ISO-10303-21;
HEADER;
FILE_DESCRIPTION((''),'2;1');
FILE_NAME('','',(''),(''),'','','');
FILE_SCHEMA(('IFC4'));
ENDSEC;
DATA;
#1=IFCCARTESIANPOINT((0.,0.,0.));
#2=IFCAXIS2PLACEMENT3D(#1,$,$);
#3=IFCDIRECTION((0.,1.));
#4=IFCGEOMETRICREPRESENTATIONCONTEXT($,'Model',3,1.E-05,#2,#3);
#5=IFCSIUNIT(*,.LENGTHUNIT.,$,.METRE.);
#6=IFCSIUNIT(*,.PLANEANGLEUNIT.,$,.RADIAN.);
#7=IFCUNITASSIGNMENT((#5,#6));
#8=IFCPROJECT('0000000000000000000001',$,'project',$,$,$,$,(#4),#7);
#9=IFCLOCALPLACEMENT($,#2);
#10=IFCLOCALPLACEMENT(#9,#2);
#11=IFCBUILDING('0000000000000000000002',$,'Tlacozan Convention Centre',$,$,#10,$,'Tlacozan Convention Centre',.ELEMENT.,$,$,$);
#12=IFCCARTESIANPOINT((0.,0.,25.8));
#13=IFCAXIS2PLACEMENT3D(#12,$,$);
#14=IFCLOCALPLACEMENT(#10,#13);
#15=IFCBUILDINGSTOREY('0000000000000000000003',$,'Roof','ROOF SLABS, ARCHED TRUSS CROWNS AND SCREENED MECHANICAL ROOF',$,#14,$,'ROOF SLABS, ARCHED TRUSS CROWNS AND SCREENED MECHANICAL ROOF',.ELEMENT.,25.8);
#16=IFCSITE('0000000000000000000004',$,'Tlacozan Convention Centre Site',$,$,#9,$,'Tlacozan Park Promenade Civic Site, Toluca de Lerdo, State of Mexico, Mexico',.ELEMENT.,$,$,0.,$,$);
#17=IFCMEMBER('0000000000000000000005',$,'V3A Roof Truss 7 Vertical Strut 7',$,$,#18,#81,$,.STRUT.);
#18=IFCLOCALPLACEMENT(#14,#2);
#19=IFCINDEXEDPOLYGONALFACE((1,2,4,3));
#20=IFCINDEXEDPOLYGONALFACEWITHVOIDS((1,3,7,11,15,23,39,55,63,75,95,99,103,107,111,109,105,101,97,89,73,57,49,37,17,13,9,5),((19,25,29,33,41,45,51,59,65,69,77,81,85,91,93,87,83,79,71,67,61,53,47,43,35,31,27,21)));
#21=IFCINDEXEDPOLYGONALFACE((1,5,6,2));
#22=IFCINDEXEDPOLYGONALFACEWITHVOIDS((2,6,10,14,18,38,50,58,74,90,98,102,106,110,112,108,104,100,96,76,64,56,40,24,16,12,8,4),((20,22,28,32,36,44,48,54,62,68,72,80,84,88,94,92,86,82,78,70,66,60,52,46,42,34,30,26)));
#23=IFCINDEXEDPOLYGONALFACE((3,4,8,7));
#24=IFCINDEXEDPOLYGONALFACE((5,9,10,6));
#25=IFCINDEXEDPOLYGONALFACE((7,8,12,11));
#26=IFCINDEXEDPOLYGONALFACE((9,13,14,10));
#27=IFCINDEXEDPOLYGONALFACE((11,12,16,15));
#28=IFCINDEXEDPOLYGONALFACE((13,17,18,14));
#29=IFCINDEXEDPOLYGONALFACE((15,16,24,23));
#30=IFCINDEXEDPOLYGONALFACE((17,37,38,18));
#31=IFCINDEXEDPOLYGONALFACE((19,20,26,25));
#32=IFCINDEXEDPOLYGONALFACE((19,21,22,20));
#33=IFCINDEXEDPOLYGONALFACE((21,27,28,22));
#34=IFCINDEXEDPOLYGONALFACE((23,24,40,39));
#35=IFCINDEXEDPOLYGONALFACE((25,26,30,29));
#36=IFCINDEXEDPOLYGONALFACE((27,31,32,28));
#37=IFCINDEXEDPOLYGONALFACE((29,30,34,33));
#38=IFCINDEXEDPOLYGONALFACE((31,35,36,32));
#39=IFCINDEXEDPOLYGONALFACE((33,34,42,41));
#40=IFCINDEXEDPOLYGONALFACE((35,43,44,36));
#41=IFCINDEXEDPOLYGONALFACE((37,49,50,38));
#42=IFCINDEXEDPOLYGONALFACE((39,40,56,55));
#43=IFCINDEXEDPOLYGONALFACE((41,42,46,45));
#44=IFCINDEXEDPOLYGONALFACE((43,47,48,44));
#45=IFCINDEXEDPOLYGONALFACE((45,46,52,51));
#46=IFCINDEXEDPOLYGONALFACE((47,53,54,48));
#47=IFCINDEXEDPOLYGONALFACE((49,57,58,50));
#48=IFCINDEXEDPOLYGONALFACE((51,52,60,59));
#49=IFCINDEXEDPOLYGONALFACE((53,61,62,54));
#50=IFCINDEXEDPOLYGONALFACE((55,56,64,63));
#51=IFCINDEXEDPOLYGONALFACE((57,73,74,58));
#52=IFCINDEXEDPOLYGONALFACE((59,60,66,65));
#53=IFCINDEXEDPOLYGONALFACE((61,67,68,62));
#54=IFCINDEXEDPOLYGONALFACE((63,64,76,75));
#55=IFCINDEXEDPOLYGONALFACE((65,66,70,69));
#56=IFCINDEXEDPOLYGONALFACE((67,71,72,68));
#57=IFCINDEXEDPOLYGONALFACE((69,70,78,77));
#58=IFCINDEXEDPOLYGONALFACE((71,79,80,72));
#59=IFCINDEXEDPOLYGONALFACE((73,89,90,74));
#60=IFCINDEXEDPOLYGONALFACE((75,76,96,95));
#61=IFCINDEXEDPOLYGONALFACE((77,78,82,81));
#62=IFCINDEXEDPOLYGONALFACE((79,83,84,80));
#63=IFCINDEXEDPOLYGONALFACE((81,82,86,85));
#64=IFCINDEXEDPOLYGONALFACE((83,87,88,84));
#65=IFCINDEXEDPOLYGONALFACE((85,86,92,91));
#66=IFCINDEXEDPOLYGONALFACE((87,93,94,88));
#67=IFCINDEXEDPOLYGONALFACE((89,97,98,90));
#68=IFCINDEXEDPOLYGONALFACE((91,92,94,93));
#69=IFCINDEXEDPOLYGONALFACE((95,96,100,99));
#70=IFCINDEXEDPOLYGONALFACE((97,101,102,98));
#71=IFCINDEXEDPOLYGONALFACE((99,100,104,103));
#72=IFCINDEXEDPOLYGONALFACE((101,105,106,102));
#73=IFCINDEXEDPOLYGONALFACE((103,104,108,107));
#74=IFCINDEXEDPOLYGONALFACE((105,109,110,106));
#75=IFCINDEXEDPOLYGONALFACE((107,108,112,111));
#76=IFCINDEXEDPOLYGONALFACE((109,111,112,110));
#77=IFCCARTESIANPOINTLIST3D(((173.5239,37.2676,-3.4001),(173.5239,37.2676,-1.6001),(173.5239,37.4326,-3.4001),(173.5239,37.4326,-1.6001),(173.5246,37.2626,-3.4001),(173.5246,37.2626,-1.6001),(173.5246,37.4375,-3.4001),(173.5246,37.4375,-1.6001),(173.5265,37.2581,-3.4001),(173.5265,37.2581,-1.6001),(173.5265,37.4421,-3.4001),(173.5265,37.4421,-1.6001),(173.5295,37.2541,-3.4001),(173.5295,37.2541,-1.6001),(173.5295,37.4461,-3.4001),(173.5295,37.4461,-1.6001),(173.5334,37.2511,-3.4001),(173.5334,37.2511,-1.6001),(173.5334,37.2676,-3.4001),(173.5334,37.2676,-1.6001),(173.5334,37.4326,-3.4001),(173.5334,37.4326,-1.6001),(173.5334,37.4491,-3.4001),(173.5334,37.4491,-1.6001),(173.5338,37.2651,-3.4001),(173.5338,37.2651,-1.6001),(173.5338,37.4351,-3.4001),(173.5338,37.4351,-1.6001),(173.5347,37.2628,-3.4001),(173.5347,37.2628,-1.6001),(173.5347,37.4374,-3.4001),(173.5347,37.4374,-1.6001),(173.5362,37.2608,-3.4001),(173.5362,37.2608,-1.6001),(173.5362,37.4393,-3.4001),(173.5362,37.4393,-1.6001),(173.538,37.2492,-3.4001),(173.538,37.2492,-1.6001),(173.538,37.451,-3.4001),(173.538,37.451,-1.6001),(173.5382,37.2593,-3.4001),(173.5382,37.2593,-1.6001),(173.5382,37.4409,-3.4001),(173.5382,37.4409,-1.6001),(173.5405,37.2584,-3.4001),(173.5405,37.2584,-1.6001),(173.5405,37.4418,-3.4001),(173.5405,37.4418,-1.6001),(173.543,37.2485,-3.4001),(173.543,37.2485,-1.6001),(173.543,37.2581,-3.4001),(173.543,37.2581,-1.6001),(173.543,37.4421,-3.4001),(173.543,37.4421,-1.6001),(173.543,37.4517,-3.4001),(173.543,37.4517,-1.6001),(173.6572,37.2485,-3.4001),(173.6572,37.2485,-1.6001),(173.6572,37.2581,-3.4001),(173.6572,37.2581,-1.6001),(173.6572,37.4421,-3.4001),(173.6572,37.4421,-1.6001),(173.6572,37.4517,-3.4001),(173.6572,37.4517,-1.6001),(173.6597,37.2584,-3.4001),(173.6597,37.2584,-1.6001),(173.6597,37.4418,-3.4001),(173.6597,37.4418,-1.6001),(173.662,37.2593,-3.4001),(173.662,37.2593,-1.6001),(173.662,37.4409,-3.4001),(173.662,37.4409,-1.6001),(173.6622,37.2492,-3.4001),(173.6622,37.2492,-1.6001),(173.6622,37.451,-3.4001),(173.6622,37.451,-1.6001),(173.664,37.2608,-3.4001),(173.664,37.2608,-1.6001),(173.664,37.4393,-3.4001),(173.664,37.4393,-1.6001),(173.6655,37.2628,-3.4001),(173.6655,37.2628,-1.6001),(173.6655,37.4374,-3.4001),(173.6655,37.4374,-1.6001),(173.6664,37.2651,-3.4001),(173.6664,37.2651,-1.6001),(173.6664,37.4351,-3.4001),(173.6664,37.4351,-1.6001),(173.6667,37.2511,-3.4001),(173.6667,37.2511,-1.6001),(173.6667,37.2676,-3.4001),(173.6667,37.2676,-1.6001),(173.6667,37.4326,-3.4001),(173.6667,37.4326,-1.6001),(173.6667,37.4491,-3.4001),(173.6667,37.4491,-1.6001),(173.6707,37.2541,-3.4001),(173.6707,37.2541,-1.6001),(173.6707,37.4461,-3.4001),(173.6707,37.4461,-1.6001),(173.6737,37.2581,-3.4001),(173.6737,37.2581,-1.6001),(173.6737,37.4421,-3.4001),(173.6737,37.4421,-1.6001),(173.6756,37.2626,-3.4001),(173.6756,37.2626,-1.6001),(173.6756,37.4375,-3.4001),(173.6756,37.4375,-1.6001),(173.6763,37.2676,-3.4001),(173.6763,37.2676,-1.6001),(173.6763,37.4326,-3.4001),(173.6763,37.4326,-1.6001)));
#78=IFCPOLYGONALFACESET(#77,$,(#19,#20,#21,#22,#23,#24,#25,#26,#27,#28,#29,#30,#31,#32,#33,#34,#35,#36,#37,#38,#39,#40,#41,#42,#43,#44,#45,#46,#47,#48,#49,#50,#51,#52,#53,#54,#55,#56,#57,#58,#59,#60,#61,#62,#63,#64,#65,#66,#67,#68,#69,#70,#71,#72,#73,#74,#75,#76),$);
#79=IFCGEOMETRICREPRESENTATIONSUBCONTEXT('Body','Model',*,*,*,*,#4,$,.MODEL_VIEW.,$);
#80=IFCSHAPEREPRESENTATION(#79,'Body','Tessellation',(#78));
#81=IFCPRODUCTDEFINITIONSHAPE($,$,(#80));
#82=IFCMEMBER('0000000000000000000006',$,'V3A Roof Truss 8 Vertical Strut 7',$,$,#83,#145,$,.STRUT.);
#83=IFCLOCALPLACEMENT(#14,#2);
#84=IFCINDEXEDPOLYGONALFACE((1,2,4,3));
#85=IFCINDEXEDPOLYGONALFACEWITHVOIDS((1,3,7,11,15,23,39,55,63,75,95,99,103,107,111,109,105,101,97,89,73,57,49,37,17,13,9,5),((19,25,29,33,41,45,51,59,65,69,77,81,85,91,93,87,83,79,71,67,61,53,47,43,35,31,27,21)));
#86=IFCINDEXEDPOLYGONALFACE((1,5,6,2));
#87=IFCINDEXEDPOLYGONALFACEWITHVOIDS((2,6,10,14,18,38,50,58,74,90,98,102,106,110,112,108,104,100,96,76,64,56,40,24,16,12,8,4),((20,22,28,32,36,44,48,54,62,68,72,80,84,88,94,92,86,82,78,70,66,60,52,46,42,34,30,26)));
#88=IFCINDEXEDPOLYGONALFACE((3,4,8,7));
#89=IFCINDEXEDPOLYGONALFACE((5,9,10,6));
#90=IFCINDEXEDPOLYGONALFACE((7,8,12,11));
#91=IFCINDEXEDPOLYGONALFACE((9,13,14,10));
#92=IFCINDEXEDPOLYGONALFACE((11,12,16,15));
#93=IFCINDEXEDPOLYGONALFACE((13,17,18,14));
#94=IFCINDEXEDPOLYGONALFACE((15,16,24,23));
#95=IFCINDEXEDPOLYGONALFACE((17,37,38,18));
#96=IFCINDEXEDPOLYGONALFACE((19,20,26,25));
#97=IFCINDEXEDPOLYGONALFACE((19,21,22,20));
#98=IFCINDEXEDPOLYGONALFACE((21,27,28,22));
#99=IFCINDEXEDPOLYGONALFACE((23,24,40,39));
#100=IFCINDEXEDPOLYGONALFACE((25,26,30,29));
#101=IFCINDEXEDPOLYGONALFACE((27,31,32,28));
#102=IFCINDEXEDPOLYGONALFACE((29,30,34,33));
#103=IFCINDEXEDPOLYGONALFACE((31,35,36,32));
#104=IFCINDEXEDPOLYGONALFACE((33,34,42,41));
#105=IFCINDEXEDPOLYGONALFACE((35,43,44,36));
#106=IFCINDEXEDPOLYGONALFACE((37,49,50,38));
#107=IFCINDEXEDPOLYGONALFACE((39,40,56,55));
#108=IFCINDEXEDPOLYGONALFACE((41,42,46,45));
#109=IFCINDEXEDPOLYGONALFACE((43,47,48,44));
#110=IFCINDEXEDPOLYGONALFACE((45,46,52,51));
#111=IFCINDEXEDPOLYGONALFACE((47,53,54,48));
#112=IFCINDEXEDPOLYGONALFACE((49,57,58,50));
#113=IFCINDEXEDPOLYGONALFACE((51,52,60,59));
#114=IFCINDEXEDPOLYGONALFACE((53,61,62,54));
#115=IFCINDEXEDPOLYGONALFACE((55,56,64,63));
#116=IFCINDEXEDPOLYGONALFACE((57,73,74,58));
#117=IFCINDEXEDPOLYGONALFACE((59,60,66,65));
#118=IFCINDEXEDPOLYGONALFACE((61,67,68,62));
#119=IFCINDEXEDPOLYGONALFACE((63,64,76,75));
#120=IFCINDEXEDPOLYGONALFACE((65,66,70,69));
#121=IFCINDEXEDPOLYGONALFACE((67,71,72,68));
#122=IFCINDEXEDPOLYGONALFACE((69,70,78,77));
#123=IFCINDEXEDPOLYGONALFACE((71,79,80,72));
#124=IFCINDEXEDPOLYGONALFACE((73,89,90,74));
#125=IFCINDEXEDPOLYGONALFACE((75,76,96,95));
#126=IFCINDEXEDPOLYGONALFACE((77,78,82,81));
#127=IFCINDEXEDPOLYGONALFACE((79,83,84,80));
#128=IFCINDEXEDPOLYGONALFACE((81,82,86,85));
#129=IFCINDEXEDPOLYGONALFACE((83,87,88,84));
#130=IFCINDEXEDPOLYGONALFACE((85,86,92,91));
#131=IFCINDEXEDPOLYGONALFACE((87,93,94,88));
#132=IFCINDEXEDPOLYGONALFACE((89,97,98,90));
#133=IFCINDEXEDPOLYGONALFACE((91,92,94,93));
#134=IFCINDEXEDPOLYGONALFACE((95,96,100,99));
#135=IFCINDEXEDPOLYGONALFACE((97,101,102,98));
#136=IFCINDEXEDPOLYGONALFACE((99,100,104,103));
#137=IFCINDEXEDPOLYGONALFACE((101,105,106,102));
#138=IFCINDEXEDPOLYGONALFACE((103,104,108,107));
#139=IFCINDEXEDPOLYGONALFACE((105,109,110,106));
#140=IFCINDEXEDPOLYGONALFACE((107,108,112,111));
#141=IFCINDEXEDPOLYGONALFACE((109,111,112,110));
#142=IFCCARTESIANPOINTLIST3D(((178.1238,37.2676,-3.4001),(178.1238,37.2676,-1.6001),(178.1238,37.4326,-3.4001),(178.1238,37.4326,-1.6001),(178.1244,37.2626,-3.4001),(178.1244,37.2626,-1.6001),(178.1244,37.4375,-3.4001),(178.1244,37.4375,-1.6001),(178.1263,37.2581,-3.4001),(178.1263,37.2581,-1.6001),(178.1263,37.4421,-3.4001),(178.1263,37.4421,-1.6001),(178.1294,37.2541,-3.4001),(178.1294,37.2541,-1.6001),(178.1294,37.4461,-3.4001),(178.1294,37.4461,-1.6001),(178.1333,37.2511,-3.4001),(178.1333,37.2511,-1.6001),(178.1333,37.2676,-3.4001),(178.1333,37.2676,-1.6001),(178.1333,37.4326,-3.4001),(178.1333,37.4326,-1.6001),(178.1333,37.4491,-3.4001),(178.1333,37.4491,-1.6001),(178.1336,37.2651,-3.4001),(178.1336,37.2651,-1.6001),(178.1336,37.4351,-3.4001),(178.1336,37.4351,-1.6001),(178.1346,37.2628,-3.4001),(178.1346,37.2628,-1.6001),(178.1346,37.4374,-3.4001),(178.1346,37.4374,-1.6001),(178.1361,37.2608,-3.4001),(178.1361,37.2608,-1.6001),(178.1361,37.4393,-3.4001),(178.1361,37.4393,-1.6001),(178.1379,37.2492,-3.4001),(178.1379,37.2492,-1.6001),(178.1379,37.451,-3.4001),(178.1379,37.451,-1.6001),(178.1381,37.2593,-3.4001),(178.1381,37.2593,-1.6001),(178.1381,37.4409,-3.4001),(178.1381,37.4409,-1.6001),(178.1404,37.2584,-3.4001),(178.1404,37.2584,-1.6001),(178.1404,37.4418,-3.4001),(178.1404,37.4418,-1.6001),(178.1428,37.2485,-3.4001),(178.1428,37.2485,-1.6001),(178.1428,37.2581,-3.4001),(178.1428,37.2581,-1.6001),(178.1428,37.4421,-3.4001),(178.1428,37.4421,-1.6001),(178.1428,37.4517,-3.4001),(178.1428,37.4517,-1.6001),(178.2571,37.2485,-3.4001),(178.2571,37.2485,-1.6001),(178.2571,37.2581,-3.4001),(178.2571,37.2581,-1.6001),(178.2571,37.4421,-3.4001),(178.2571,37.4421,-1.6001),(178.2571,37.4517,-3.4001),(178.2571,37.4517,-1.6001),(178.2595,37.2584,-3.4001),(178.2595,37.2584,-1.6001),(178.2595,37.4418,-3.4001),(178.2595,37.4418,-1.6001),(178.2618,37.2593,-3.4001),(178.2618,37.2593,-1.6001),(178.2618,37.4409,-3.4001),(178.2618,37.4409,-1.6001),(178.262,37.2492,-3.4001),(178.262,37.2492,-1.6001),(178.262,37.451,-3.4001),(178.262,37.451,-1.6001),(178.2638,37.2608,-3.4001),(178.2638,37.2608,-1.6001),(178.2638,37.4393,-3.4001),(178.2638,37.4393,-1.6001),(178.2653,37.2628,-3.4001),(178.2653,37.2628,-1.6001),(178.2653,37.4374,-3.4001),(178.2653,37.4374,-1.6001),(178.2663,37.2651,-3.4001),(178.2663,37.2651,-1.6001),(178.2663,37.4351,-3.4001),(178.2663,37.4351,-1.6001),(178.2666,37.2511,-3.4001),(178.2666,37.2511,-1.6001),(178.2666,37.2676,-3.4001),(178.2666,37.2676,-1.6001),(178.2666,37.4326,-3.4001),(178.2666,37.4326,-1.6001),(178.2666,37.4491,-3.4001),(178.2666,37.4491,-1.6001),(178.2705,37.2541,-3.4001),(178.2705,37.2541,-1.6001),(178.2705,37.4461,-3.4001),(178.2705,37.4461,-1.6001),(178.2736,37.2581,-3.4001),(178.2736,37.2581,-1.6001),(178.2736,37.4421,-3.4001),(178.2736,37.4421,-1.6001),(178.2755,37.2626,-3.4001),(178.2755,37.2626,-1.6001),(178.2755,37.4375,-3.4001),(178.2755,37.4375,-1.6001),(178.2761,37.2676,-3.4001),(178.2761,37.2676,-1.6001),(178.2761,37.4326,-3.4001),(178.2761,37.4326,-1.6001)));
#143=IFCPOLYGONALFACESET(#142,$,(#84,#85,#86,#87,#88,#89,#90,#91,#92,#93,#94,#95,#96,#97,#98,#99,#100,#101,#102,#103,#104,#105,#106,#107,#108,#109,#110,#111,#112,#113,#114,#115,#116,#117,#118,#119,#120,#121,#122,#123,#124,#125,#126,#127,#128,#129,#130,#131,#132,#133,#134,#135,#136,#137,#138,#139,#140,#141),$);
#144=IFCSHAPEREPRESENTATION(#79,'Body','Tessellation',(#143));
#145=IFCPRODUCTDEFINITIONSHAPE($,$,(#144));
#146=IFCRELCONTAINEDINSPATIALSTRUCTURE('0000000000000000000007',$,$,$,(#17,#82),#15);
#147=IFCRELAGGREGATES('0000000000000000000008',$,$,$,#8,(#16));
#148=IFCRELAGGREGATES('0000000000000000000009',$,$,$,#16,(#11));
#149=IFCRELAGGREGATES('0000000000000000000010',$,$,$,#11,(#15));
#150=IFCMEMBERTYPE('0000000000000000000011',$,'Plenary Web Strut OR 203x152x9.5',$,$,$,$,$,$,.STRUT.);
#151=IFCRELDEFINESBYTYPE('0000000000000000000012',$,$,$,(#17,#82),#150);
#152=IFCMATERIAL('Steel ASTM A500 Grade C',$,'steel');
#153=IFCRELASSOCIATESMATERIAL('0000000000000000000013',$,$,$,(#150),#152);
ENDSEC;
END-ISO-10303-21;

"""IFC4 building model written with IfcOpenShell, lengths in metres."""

from ifc_helpers import new_model, si_unit, direction, frame, origin, origin_2d, place, context, subcontext, project, spatial, hollow_rectangle, extrude, material, material_profile, profile_set, type_object, element, save


model = new_model("IFC4")

# Units and contexts
model_context = context("Model", 3, precision=1e-05, world=origin(), true_north=direction((0.0, 1.0)))
body_context = subcontext(model_context, "Body", "Model", "MODEL_VIEW")
ifc_project = project(units=[si_unit("LENGTHUNIT", "METRE"), si_unit("PLANEANGLEUNIT", "RADIAN")], contexts=[model_context])

# Site, building, storey
site_placement = place(None, origin())
site = spatial("IfcSite", under=ifc_project, at=site_placement, Name="Tlacozan Convention Centre Site", LongName="Tlacozan Park Promenade Civic Site, Toluca de Lerdo, State of Mexico, Mexico", CompositionType="ELEMENT", RefElevation=0.0)
building_placement = place(site_placement, origin())
building = spatial("IfcBuilding", under=site, at=building_placement, Name="Tlacozan Convention Centre", LongName="Tlacozan Convention Centre", CompositionType="ELEMENT")
storey_placement = place(building_placement, frame((0.0, 0.0, 25.8)))
storey = spatial("IfcBuildingStorey", under=building, at=storey_placement, Name="Roof", Description="ROOF SLABS, ARCHED TRUSS CROWNS AND SCREENED MECHANICAL ROOF", LongName="ROOF SLABS, ARCHED TRUSS CROWNS AND SCREENED MECHANICAL ROOF", CompositionType="ELEMENT", Elevation=25.8)

# Members
ifc_material_1 = material(Name="Steel ASTM A500 Grade C", Category="steel")
ifc_material_profile_1 = material_profile(ifc_material_1, hollow_rectangle(XDim=0.1523, YDim=0.2031, WallThickness=0.0095, InnerFilletRadius=0.0095, OuterFilletRadius=0.019, at=origin_2d()), Name="OR 203x152x9.5")
ifc_profile_set_1 = profile_set([ifc_material_profile_1], Name="Steel ASTM A500 Grade C")
member_type_1 = type_object("IfcMemberType", Name="Plenary Web Strut OR 203x152x9.5", PredefinedType="STRUT", material=ifc_profile_set_1)
for number, where, z_axis, x_axis, name in (
    (1, (173.6001, 37.3501, -3.4001), (0.0, 0.0, 1.0), (1.0, 0.0, 0.0), "V3A Roof Truss 7 Vertical Strut 7"),
    (2, (178.2, 37.3501, -3.4001), (0.0, 0.0, 1.0), (1.0, 0.0, 0.0), "V3A Roof Truss 8 Vertical Strut 7"),
):
    element("IfcMember", number, at=place(storey_placement, frame(where, z_axis=z_axis, x_axis=x_axis)), inside=storey, type_object=member_type_1, Name=name, PredefinedType="STRUT", context=body_context, shape_type="SweptSolid", body=[
        extrude(hollow_rectangle(XDim=0.1523, YDim=0.2031, WallThickness=0.0095, InnerFilletRadius=0.0095, OuterFilletRadius=0.019, at=origin_2d()), origin(), (0.0, 0.0, 1.0), 1.8),
    ])

save(model, "model.ifc")
